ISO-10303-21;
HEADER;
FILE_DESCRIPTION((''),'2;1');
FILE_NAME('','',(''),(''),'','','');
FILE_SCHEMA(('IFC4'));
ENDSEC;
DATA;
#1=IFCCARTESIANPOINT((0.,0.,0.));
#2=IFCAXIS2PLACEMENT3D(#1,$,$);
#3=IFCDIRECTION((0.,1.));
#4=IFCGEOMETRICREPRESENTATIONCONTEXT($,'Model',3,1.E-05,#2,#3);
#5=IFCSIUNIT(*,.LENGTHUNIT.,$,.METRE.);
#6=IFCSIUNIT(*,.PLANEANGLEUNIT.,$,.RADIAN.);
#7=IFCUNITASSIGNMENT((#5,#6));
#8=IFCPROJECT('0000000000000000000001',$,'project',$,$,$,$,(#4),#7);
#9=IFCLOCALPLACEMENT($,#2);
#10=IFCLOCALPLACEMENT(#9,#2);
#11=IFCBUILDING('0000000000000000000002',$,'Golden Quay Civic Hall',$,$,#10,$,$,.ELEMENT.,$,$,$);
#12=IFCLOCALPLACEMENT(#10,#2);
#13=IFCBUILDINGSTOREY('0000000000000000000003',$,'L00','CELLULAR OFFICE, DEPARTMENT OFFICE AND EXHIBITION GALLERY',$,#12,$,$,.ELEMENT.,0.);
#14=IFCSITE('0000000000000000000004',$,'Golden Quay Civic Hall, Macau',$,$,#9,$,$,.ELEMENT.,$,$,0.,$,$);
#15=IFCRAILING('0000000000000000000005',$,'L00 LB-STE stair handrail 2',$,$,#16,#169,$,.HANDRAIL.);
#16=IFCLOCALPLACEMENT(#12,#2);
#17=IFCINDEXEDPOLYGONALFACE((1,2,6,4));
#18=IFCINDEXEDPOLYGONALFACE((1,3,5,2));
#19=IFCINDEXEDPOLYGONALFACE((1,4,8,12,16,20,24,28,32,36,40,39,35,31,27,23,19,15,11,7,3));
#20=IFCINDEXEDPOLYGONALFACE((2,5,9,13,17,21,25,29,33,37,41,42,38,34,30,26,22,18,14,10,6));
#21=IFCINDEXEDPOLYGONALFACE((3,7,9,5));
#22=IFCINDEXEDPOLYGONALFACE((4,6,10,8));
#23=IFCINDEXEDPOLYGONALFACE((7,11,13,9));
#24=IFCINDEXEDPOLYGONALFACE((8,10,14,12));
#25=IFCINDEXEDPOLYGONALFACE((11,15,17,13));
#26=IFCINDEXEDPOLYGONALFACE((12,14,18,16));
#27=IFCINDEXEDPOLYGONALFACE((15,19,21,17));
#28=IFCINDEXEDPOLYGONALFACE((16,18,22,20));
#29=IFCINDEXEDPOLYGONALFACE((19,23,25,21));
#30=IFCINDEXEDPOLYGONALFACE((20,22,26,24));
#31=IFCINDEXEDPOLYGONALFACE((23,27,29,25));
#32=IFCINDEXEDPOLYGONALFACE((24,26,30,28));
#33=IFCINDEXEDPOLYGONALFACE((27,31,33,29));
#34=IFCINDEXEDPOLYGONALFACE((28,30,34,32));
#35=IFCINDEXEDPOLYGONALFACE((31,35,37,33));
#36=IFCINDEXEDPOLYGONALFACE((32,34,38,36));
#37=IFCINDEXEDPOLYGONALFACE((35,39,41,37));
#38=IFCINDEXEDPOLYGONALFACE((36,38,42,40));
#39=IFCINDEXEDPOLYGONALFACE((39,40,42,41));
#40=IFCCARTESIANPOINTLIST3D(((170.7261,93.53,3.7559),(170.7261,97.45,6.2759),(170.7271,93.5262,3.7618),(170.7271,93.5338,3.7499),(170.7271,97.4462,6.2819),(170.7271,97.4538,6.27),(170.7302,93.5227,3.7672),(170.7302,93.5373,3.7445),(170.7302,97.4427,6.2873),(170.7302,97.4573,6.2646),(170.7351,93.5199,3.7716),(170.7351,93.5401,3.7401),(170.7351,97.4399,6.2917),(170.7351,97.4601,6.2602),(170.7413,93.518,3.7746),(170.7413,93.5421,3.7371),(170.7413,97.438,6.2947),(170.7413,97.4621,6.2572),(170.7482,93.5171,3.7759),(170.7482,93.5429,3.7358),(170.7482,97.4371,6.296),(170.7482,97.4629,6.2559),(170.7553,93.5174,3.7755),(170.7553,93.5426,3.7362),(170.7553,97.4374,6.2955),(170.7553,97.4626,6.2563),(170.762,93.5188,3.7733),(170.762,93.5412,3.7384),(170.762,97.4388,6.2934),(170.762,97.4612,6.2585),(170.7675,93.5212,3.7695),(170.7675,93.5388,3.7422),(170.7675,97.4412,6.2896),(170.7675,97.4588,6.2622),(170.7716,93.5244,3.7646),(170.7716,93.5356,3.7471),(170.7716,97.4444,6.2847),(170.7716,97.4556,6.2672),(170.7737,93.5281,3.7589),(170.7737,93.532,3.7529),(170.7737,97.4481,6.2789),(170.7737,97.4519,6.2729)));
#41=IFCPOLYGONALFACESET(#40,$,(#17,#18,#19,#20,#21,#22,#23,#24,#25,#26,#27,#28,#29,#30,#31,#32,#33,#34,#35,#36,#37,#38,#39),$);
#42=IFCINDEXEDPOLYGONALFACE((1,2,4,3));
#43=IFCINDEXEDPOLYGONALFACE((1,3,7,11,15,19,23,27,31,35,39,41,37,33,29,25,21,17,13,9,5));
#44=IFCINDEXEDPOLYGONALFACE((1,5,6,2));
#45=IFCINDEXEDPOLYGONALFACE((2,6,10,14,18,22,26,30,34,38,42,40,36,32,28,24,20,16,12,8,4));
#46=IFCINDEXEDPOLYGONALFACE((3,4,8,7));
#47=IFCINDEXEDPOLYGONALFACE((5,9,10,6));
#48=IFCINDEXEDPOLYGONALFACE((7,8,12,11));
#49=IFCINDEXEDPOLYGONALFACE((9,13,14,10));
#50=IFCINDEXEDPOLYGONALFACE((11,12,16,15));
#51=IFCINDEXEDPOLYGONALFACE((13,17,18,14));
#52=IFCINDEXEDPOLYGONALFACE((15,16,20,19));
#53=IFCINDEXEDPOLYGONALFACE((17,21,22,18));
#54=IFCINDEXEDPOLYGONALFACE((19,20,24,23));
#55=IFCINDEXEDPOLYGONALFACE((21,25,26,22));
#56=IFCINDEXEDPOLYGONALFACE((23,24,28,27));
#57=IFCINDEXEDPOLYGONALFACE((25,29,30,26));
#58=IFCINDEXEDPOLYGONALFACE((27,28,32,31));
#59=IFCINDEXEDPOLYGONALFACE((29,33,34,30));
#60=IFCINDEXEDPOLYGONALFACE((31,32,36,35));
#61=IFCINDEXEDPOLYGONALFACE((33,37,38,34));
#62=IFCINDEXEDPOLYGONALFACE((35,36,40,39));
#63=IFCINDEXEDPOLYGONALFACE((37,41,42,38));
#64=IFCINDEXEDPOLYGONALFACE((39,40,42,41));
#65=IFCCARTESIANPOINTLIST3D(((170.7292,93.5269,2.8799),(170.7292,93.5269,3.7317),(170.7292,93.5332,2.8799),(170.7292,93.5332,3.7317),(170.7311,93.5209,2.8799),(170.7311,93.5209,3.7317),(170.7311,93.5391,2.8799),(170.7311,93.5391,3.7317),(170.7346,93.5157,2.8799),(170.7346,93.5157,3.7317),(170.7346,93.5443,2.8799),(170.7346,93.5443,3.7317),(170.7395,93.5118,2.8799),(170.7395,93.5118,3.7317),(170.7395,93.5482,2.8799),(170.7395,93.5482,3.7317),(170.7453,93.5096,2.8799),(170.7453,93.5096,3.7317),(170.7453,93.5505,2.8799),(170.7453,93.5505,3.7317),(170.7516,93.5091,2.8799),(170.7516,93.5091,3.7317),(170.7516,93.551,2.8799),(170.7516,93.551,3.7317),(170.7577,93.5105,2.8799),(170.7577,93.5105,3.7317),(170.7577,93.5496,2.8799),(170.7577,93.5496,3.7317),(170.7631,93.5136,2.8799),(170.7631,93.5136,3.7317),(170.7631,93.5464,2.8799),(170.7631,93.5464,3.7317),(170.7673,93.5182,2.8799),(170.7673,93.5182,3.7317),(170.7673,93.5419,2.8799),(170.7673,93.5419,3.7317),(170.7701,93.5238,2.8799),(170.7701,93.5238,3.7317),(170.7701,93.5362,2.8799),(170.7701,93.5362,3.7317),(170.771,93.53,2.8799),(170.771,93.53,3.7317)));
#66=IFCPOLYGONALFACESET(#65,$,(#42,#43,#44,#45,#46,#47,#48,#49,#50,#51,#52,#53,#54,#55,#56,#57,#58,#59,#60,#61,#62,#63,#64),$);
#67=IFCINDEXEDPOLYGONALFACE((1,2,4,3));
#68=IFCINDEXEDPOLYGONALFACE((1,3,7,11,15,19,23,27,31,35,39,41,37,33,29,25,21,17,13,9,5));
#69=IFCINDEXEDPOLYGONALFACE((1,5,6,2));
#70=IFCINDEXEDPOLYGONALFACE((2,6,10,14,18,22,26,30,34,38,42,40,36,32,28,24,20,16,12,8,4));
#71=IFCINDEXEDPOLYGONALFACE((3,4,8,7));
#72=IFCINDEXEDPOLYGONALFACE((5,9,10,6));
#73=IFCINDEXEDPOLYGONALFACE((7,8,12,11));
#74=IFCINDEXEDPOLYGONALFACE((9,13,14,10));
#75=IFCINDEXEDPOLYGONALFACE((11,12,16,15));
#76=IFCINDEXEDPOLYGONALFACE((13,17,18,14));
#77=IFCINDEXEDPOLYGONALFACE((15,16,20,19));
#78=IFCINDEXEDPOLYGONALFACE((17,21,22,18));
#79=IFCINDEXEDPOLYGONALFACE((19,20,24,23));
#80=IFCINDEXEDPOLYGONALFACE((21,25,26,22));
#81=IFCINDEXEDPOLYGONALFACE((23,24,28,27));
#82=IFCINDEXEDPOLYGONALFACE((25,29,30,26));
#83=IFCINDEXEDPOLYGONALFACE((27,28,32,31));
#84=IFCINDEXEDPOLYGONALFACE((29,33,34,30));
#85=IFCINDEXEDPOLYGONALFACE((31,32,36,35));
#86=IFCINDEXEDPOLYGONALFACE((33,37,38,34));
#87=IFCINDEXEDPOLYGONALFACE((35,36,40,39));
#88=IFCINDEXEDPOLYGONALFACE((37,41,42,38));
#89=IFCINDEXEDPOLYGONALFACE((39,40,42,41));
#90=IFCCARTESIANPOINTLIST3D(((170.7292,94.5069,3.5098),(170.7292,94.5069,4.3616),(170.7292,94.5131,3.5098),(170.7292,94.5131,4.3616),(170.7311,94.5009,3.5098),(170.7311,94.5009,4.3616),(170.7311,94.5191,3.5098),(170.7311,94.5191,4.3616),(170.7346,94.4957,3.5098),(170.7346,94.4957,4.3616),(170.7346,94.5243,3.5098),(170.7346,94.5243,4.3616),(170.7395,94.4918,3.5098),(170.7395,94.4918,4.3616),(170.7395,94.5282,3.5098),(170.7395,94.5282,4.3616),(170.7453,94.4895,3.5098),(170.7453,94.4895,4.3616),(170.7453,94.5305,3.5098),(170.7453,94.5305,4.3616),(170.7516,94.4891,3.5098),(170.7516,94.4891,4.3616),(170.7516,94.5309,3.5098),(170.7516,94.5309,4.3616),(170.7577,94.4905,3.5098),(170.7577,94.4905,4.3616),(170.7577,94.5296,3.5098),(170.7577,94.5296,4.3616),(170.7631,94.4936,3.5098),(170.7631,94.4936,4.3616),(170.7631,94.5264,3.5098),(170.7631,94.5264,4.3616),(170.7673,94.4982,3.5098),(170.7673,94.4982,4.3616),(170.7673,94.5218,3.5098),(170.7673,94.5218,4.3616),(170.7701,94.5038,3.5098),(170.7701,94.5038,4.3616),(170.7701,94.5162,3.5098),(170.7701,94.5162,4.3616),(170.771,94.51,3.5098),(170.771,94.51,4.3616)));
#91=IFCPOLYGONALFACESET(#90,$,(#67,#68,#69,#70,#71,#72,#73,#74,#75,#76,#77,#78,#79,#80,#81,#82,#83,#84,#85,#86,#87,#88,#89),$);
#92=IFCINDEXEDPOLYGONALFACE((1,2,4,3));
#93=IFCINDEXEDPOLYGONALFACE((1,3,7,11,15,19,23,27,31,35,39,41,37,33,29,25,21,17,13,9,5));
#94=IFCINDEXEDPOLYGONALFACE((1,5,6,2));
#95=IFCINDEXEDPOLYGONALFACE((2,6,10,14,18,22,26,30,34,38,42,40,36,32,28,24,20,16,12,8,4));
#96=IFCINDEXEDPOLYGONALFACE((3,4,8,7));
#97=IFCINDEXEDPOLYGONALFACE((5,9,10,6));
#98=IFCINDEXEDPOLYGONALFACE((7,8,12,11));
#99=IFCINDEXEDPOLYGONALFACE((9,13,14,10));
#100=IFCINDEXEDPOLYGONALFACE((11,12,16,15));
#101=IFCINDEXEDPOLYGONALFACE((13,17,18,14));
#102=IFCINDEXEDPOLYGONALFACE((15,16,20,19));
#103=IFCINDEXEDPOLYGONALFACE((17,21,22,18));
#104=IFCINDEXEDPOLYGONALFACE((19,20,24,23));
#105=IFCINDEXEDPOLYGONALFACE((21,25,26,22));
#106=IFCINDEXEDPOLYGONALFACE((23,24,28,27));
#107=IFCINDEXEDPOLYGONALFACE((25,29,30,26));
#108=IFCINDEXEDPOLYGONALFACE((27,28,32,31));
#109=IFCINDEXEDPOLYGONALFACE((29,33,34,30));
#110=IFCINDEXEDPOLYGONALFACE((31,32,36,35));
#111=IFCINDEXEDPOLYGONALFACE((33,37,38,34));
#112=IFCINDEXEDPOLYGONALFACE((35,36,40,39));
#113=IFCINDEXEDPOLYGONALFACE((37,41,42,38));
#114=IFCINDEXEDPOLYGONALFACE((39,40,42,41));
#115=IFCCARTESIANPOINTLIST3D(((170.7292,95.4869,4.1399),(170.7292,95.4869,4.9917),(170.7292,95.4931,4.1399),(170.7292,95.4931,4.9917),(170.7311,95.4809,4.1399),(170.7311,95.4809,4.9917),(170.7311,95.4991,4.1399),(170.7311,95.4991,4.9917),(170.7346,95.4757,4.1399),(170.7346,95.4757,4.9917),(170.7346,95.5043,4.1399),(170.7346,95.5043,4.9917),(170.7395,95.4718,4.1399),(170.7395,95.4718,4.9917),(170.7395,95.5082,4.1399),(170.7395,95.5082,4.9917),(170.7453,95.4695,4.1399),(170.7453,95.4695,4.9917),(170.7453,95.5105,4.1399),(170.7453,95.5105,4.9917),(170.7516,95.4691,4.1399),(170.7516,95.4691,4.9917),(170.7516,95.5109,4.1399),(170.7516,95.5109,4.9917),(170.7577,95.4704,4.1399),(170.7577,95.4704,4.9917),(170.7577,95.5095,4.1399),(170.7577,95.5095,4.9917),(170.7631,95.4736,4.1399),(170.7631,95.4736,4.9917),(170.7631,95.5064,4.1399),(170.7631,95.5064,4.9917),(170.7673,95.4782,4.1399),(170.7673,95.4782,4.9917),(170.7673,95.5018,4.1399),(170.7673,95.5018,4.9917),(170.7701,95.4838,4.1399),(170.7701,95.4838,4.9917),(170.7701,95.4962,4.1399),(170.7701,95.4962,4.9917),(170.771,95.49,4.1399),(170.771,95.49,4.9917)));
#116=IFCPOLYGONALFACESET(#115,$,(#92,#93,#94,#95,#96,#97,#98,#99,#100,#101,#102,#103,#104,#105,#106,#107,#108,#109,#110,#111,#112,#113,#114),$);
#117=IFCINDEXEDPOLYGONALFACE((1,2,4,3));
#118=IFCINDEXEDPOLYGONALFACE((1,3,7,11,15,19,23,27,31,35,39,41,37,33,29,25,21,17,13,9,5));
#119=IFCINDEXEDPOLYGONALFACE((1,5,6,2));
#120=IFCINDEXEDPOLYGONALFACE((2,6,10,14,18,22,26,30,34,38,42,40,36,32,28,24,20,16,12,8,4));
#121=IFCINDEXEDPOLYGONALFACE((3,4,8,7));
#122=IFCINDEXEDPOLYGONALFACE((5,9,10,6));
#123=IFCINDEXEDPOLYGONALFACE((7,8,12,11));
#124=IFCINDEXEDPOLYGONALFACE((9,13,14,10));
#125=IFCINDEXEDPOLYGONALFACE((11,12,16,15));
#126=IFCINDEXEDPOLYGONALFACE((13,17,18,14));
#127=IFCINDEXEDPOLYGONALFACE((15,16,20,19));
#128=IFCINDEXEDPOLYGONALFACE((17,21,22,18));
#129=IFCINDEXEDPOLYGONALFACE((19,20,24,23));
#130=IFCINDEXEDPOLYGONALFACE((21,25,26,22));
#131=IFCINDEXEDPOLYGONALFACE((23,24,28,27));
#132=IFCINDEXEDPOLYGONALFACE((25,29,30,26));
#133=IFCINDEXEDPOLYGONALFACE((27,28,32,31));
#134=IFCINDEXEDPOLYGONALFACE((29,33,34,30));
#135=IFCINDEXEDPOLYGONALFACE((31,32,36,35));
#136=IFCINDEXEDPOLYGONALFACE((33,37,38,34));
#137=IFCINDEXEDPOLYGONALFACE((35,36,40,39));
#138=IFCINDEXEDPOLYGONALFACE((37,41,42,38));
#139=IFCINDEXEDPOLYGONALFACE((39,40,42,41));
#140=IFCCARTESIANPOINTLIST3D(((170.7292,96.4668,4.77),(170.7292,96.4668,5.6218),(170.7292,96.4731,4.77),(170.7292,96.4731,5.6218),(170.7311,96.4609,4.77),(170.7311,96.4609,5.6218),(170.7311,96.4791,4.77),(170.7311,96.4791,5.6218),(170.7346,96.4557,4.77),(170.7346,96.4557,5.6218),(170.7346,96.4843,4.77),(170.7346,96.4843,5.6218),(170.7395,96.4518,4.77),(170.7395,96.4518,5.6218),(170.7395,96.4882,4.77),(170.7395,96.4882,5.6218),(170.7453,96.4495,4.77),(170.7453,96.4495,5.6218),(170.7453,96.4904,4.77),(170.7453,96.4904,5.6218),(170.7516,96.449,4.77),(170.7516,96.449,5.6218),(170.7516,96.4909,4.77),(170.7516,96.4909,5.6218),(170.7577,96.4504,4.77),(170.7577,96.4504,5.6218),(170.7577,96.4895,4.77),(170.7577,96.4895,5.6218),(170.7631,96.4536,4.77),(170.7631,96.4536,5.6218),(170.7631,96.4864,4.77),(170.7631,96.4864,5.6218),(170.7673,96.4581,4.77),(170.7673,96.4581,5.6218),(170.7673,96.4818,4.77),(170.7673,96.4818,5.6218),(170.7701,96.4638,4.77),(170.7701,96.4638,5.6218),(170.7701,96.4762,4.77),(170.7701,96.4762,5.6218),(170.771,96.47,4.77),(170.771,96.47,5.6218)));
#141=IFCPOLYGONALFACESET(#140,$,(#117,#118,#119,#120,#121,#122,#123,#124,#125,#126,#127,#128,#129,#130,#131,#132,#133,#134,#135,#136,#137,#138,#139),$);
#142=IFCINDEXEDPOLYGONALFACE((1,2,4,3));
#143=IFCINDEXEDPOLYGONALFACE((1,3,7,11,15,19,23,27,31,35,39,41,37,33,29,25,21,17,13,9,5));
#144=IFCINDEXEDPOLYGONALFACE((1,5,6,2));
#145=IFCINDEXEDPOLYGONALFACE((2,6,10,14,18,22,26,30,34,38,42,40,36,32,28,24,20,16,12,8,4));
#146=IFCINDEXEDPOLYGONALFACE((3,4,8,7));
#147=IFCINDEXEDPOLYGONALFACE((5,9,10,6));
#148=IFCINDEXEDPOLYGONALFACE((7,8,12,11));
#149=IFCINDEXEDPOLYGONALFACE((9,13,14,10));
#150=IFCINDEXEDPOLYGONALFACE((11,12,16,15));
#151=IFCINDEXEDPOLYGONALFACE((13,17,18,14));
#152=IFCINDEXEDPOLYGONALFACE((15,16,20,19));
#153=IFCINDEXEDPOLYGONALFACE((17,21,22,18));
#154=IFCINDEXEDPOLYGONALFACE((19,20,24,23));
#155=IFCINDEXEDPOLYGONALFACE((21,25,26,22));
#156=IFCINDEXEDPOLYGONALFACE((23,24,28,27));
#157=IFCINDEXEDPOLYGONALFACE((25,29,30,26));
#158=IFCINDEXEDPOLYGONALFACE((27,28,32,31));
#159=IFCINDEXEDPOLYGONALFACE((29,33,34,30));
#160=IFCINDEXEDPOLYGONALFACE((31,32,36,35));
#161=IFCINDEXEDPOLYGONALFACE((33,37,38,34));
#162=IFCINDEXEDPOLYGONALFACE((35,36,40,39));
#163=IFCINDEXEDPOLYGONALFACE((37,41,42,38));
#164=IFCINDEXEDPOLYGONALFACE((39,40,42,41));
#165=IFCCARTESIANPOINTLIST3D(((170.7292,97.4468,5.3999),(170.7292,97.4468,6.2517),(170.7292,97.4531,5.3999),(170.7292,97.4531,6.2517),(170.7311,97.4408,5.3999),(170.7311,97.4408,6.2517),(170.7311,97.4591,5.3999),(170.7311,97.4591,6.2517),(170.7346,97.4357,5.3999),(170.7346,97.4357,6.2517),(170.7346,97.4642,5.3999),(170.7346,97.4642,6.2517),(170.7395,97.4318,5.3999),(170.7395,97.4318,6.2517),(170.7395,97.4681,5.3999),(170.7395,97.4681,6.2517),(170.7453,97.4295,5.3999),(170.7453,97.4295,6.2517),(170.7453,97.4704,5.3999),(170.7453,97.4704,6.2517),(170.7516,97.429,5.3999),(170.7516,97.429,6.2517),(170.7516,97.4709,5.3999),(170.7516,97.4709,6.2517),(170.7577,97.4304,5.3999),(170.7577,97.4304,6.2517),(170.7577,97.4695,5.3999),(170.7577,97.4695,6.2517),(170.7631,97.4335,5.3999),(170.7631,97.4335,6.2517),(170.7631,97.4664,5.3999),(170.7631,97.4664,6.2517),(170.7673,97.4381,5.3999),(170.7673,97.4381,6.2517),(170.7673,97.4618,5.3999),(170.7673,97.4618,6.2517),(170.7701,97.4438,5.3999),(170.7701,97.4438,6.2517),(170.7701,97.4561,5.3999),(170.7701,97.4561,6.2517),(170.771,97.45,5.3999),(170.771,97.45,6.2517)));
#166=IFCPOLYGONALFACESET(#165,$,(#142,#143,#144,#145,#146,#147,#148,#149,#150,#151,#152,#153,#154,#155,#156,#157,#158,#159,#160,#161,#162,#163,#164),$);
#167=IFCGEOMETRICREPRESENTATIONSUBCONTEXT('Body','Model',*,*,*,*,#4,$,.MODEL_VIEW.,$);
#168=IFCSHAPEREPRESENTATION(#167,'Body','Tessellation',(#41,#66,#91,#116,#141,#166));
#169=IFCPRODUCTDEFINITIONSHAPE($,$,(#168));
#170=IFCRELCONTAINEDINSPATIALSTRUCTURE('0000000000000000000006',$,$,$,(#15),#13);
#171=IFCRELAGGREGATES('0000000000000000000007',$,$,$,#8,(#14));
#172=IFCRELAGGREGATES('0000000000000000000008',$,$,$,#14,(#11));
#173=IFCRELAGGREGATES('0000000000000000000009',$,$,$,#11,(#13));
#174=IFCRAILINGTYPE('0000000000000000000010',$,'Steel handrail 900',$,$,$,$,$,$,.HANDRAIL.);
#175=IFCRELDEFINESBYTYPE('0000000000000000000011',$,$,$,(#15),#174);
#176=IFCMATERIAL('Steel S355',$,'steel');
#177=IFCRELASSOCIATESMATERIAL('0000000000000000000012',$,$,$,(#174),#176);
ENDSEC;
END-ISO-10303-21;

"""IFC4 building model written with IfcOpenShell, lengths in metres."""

from ifc_helpers import new_model, si_unit, direction, frame, origin, origin_2d, place, context, subcontext, project, spatial, circle, extrude, material, type_object, element, save


model = new_model("IFC4")

# Units and contexts
model_context = context("Model", 3, precision=1e-05, world=origin(), true_north=direction((0.0, 1.0)))
body_context = subcontext(model_context, "Body", "Model", "MODEL_VIEW")
ifc_project = project(units=[si_unit("LENGTHUNIT", "METRE"), si_unit("PLANEANGLEUNIT", "RADIAN")], contexts=[model_context])

# Site, building, storey
site_placement = place(None, origin())
site = spatial("IfcSite", under=ifc_project, at=site_placement, Name="Golden Quay Civic Hall, Macau", CompositionType="ELEMENT", RefElevation=0.0)
building_placement = place(site_placement, origin())
building = spatial("IfcBuilding", under=site, at=building_placement, Name="Golden Quay Civic Hall", CompositionType="ELEMENT")
storey_placement = place(building_placement, origin())
storey = spatial("IfcBuildingStorey", under=building, at=storey_placement, Name="L00", Description="CELLULAR OFFICE, DEPARTMENT OFFICE AND EXHIBITION GALLERY", CompositionType="ELEMENT", Elevation=0.0)

# Railing
ifc_material_1 = material(Name="Steel S355", Category="steel")
railing_type_1 = type_object("IfcRailingType", Name="Steel handrail 900", PredefinedType="HANDRAIL", material=ifc_material_1)
railing_1_placement = place(storey_placement, frame((170.75, 93.53, 2.8799)))
element("IfcRailing", 1, at=railing_1_placement, inside=storey, type_object=railing_type_1, Name="L00 LB-STE stair handrail 2", PredefinedType="HANDRAIL", context=body_context, shape_type="SweptSolid", body=[
    extrude(circle(Radius=0.0239, at=origin_2d()), frame((0.0, 0.0, 0.876), z_axis=(0.0, 0.841172, 0.540768), x_axis=(-1.0, 0.0, 0.0)), (0.0, 0.0, 1.0), 4.6602),
    extrude(circle(Radius=0.021, at=origin_2d()), origin(), (0.0, 0.0, 1.0), 0.8518),
    extrude(circle(Radius=0.021, at=origin_2d()), frame((0.0, 0.98, 0.6299)), (0.0, 0.0, 1.0), 0.8518),
    extrude(circle(Radius=0.021, at=origin_2d()), frame((0.0, 1.96, 1.26)), (0.0, 0.0, 1.0), 0.8518),
    extrude(circle(Radius=0.021, at=origin_2d()), frame((0.0, 2.9399, 1.8901)), (0.0, 0.0, 1.0), 0.8518),
    extrude(circle(Radius=0.021, at=origin_2d()), frame((0.0, 3.9199, 2.52)), (0.0, 0.0, 1.0), 0.8518),
])

save(model, "model.ifc")
